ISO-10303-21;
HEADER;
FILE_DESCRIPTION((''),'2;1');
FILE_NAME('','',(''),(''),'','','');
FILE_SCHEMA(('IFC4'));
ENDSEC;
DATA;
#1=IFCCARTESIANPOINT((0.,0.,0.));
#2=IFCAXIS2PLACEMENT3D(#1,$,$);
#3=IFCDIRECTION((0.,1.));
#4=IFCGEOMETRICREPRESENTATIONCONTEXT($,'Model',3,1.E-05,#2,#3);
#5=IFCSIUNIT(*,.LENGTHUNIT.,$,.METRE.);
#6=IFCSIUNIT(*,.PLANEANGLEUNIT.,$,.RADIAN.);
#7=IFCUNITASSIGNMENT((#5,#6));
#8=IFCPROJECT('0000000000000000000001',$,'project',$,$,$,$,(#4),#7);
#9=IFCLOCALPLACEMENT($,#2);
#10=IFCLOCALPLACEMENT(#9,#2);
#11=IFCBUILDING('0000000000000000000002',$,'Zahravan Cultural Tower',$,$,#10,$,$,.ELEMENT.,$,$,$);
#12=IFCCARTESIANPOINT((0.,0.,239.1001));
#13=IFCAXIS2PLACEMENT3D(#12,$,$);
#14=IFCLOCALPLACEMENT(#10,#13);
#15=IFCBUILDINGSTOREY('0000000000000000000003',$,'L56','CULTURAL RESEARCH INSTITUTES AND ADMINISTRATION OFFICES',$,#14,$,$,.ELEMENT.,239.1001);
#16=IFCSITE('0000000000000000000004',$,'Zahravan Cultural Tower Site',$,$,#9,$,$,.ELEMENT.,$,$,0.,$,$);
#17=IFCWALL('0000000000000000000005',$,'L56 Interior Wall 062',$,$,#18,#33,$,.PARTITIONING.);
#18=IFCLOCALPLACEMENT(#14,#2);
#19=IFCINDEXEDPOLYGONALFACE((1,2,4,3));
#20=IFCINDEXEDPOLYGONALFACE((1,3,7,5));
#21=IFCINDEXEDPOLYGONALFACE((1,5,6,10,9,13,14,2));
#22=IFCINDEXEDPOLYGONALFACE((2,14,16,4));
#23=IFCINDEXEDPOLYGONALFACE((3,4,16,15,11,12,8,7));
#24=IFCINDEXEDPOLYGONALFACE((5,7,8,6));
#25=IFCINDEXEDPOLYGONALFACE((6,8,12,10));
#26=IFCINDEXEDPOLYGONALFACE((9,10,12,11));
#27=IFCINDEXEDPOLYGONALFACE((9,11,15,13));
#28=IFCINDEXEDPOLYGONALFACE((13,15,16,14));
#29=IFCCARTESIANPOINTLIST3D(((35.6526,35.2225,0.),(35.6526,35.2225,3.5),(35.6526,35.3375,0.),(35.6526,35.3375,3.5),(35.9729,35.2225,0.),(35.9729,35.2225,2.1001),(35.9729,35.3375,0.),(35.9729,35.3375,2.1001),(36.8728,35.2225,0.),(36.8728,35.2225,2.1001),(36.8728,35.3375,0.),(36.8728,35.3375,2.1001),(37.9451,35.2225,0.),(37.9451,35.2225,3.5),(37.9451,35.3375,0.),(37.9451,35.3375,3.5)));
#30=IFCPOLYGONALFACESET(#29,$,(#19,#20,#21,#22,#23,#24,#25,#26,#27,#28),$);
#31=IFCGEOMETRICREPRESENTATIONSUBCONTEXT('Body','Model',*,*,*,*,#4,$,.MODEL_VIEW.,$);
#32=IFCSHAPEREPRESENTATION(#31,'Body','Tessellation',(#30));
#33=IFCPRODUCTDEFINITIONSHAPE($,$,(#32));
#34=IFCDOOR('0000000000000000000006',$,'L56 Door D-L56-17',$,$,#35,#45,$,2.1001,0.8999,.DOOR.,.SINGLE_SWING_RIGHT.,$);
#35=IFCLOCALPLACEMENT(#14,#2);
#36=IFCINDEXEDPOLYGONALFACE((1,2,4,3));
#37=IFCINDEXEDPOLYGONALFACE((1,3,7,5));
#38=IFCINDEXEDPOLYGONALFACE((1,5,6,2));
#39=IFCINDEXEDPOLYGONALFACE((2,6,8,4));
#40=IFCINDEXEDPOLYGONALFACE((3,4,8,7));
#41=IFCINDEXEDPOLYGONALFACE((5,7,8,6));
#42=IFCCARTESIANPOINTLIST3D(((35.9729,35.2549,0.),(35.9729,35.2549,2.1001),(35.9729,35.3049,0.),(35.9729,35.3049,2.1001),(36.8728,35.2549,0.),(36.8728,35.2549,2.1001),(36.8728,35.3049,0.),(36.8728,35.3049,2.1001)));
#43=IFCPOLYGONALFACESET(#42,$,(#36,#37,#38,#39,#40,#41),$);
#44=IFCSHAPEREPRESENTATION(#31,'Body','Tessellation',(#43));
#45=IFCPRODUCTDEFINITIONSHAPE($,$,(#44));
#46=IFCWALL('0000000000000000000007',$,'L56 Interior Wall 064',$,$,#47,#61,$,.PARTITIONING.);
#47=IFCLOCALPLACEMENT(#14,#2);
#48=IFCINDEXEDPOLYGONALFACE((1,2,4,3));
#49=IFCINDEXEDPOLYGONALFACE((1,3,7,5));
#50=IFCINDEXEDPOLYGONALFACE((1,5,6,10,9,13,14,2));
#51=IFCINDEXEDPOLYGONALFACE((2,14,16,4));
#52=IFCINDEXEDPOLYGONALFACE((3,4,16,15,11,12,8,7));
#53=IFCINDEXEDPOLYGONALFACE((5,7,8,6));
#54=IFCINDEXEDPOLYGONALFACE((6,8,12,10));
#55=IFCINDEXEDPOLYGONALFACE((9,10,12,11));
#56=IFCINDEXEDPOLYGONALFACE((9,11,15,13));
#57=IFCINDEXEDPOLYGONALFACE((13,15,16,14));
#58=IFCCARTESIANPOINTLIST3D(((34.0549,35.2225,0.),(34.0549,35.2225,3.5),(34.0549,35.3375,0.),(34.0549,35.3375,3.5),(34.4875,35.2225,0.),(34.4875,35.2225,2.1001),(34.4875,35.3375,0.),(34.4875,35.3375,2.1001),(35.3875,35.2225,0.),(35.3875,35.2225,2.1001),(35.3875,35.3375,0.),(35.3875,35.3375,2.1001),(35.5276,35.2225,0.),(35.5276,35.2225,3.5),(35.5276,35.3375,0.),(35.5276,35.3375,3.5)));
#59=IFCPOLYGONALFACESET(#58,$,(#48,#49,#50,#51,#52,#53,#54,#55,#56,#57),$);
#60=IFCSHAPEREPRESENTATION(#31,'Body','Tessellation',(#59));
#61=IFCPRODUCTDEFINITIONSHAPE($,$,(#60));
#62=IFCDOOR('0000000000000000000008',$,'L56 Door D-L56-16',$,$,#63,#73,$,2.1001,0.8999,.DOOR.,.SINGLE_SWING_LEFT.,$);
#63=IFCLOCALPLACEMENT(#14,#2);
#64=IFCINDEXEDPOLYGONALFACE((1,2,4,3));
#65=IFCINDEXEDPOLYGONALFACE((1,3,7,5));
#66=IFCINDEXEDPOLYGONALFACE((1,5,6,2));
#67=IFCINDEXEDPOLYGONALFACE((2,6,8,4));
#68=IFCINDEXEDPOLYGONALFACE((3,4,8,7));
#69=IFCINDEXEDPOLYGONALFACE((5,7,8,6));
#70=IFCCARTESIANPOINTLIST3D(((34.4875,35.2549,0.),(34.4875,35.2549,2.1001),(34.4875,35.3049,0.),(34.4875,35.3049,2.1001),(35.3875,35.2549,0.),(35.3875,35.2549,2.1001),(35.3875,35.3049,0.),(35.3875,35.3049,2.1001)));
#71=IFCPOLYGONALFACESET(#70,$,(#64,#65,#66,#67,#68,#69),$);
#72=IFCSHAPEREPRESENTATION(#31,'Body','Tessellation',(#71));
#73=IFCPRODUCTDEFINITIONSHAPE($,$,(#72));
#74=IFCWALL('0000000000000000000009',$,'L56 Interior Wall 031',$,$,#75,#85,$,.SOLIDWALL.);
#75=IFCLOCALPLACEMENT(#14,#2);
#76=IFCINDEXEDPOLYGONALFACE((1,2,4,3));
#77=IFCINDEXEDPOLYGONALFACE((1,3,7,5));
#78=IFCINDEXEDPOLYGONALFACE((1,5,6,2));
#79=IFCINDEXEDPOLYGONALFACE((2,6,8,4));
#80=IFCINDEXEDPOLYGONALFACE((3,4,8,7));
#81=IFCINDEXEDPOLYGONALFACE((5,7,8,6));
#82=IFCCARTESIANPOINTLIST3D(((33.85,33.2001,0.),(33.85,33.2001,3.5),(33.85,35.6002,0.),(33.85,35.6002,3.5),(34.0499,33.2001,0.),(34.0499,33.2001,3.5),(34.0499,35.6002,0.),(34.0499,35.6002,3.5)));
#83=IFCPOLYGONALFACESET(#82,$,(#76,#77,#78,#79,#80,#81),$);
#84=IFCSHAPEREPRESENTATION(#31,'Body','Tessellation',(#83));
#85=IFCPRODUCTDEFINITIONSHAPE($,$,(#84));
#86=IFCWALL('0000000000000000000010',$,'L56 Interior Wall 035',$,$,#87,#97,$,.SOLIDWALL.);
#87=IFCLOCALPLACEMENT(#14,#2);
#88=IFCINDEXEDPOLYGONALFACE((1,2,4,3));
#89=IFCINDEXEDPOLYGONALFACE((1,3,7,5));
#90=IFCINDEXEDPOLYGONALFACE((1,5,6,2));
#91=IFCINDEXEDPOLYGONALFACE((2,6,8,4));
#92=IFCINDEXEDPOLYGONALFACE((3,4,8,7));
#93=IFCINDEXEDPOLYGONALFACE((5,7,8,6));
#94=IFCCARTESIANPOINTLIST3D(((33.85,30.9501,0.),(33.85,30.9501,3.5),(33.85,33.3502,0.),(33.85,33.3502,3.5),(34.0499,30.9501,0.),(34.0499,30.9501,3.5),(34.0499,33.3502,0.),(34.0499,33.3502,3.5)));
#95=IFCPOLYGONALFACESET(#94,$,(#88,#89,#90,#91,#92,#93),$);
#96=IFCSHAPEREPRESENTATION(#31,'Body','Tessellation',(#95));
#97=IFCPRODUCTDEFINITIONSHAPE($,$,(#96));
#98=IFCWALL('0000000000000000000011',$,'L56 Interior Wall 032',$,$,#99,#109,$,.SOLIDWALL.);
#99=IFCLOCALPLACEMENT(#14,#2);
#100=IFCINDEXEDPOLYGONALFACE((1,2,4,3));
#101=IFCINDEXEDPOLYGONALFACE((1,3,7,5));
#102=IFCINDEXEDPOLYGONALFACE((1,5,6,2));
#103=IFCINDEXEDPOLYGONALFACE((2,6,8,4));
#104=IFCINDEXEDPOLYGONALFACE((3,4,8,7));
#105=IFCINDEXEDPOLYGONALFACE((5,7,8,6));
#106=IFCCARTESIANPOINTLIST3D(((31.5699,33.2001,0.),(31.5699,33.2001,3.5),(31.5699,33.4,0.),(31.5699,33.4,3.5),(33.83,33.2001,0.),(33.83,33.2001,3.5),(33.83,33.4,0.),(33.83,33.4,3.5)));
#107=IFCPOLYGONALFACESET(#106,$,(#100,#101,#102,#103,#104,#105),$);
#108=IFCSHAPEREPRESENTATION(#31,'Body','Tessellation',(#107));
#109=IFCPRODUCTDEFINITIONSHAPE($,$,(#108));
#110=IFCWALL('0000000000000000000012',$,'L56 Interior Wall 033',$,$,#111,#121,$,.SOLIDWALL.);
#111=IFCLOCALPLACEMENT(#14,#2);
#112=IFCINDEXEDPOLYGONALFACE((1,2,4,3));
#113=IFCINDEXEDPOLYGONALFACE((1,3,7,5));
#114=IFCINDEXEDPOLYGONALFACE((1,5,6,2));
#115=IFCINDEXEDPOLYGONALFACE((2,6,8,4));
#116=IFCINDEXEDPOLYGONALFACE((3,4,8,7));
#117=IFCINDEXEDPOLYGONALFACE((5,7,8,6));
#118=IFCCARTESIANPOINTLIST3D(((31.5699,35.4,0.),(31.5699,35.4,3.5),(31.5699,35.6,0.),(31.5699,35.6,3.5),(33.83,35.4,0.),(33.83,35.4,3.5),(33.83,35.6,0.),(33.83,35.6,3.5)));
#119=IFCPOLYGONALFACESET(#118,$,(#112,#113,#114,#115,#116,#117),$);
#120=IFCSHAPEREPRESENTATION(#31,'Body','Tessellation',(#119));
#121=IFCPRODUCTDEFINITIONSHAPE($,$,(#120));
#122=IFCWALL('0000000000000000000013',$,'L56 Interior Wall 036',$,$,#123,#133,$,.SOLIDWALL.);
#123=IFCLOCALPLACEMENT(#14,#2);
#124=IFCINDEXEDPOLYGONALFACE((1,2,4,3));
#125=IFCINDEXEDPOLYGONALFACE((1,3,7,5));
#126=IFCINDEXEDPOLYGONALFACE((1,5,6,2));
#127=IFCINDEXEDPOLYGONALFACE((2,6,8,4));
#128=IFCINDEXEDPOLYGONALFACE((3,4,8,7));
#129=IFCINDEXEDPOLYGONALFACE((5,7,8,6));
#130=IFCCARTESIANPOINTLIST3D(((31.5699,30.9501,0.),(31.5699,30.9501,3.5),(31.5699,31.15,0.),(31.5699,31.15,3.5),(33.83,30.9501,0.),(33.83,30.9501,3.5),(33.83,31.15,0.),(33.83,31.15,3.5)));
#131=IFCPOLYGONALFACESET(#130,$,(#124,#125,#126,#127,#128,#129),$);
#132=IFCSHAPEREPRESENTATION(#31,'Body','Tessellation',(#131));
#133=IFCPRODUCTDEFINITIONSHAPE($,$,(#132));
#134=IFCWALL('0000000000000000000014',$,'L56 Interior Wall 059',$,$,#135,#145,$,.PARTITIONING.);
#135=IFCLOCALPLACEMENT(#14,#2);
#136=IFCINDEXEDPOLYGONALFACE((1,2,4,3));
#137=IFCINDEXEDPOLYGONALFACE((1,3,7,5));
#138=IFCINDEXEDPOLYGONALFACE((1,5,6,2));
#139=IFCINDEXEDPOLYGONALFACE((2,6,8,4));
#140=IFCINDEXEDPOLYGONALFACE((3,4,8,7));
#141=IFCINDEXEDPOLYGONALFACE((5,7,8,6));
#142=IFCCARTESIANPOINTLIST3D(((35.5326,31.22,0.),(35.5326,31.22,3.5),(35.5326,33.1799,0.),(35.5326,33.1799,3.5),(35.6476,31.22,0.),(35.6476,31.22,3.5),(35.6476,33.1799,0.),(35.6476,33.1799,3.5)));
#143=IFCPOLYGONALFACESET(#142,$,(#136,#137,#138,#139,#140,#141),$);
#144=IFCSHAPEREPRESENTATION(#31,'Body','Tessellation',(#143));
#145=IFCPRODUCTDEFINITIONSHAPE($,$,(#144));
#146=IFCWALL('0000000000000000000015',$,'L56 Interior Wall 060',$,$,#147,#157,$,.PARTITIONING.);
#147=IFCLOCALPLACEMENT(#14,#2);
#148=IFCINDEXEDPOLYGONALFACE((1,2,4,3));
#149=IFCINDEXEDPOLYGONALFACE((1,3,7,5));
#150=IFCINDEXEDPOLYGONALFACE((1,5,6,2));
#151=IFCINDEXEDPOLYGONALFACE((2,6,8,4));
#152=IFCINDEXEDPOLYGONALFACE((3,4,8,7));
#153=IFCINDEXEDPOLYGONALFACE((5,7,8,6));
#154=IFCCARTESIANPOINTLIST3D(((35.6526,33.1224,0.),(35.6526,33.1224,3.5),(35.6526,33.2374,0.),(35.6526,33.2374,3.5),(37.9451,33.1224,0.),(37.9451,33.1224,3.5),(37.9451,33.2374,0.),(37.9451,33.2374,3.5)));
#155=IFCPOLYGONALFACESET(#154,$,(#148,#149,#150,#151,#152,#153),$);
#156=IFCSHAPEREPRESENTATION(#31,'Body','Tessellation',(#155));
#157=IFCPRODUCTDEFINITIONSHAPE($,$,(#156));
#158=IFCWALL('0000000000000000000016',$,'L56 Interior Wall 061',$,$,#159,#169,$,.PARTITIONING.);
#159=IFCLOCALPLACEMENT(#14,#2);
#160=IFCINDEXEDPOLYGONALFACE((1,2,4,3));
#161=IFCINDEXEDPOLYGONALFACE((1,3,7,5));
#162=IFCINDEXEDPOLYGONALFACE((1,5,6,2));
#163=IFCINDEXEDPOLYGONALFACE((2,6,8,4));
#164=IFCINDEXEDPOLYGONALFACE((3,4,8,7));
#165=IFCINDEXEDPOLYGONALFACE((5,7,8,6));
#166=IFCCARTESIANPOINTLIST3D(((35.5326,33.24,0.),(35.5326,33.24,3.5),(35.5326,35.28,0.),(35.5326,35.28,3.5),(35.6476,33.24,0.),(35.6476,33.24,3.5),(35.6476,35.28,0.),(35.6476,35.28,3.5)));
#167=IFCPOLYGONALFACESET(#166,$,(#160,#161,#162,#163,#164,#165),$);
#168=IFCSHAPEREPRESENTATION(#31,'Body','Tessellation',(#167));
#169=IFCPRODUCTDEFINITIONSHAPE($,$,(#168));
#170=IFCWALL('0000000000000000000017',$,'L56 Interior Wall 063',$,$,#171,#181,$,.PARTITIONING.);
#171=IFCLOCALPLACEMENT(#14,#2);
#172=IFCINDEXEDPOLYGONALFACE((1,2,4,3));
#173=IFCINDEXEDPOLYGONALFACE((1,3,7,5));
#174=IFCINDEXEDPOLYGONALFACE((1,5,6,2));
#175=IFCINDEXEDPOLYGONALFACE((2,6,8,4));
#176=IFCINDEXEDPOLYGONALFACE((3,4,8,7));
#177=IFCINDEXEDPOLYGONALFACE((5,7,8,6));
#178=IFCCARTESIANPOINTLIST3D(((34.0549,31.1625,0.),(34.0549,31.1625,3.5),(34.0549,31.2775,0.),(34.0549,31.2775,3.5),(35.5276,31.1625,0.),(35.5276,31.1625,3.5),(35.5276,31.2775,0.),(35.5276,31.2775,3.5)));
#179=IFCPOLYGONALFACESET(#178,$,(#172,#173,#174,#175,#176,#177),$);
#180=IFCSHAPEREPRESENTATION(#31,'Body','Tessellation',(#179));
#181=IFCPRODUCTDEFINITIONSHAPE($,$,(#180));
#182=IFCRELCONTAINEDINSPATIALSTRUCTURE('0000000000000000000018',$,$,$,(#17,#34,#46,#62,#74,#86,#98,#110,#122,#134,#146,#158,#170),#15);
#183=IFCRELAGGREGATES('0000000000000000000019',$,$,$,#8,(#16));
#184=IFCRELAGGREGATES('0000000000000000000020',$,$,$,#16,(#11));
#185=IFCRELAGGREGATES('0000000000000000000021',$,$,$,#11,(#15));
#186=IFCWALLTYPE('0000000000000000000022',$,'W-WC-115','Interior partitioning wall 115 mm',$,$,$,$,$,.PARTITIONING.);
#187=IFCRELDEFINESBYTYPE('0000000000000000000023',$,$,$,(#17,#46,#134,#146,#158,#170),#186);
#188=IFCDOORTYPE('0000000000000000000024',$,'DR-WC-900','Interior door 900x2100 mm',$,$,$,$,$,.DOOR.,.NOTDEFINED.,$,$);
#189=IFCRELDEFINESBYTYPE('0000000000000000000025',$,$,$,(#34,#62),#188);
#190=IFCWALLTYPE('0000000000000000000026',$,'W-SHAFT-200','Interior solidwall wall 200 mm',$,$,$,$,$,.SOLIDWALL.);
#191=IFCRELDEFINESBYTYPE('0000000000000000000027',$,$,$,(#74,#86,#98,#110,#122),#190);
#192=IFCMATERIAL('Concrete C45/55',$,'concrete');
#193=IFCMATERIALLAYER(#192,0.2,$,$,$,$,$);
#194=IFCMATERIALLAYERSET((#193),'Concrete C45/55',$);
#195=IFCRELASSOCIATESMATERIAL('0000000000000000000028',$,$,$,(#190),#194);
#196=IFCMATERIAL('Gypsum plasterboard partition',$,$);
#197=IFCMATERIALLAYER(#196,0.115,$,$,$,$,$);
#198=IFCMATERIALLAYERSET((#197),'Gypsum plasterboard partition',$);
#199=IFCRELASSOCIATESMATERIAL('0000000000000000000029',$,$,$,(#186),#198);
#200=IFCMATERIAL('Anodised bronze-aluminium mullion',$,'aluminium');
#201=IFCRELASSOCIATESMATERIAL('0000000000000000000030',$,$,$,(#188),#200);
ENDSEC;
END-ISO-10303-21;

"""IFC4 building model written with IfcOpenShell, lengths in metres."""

from ifc_helpers import new_model, si_unit, direction, frame, frame_2d, origin, place, context, subcontext, project, spatial, rectangle, extrude, source, transform, mapped, material, layer, layer_set, type_object, element, fill, save


model = new_model("IFC4")

# Units and contexts
model_context = context("Model", 3, precision=1e-05, world=origin(), true_north=direction((0.0, 1.0)))
body_context = subcontext(model_context, "Body", "Model", "MODEL_VIEW")
ifc_project = project(units=[si_unit("LENGTHUNIT", "METRE"), si_unit("PLANEANGLEUNIT", "RADIAN")], contexts=[model_context])

# Site, building, storey
site_placement = place(None, origin())
site = spatial("IfcSite", under=ifc_project, at=site_placement, Name="Zahravan Cultural Tower Site", CompositionType="ELEMENT", RefElevation=0.0)
building_placement = place(site_placement, origin())
building = spatial("IfcBuilding", under=site, at=building_placement, Name="Zahravan Cultural Tower", CompositionType="ELEMENT")
storey_placement = place(building_placement, frame((0.0, 0.0, 239.1001)))
storey = spatial("IfcBuildingStorey", under=building, at=storey_placement, Name="L56", Description="CULTURAL RESEARCH INSTITUTES AND ADMINISTRATION OFFICES", CompositionType="ELEMENT", Elevation=239.1001)

# Walls, openings, doors
ifc_material_1 = material(Name="Gypsum plasterboard partition")
ifc_material_2 = material(Name="Anodised bronze-aluminium mullion", Category="aluminium")
ifc_material_3 = material(Name="Concrete C45/55", Category="concrete")
ifc_layer_1 = layer(ifc_material_3, 0.2)
ifc_layer_set_1 = layer_set([ifc_layer_1], Name="Concrete C45/55")
wall_type_1 = type_object("IfcWallType", Name="W-SHAFT-200", Description="Interior solidwall wall 200 mm", PredefinedType="SOLIDWALL", material=ifc_layer_set_1)
ifc_layer_2 = layer(ifc_material_1, 0.115)
ifc_layer_set_2 = layer_set([ifc_layer_2], Name="Gypsum plasterboard partition")
wall_type_2 = type_object("IfcWallType", Name="W-WC-115", Description="Interior partitioning wall 115 mm", PredefinedType="PARTITIONING", material=ifc_layer_set_2)
wall_1_placement = place(storey_placement, frame((35.6526, 35.28, 0.0), z_axis=(0.0, 0.0, 1.0), x_axis=(1.0, 0.0, 0.0)))
wall_1 = element("IfcWall", 1, at=wall_1_placement, inside=storey, type_object=wall_type_2, Name="L56 Interior Wall 062", PredefinedType="PARTITIONING", context=body_context, shape_type="SweptSolid", body=[
    extrude(rectangle(XDim=2.2925, YDim=0.115, at=frame_2d((1.1462, 0.0))), origin(), (0.0, 0.0, 1.0), 3.5),
])
opening_1_placement = place(wall_1_placement, frame((0.3203, 0.0, 0.0)))
opening_1 = element("IfcOpeningElement", 2, at=opening_1_placement, cuts=wall_1, PredefinedType="OPENING", context=body_context, shape_type="SweptSolid", body=[
    extrude(rectangle(XDim=0.8999, YDim=2.1001, at=frame_2d((0.45, 1.05))), frame((0.0, 0.0674, 0.0), z_axis=(0.0, -1.0, 0.0), x_axis=(1.0, 0.0, 0.0)), (0.0, 0.0, 1.0), 0.135),
])
door_type_1 = type_object("IfcDoorType", Name="DR-WC-900", Description="Interior door 900x2100 mm", OperationType="NOTDEFINED", PredefinedType="DOOR", material=ifc_material_2)
shared_shape_1 = source(origin(), body_context, "Body", "SweptSolid", [
    extrude(rectangle(XDim=0.8999, YDim=2.1001, at=frame_2d((0.45, 1.05))), frame((0.0, 0.0249, 0.0), z_axis=(0.0, -1.0, 0.0), x_axis=(1.0, 0.0, 0.0)), (0.0, 0.0, 1.0), 0.05),
])
door_1_placement = place(opening_1_placement, origin())
door_1 = element("IfcDoor", 3, at=door_1_placement, inside=storey, type_object=door_type_1, Name="L56 Door D-L56-17", OperationType="SINGLE_SWING_RIGHT", OverallHeight=2.1001, OverallWidth=0.8999, PredefinedType="DOOR", context=body_context, shape_type="MappedRepresentation", body=[
    mapped(shared_shape_1, transform((0.0, 0.0, 0.0), x_axis=(1.0, 0.0, 0.0), y_axis=(0.0, 1.0, 0.0), z_axis=(0.0, 0.0, 1.0), scale=1.0)),
])
fill(opening_1, door_1)
wall_2_placement = place(storey_placement, frame((34.0549, 35.28, 0.0), z_axis=(0.0, 0.0, 1.0), x_axis=(1.0, 0.0, 0.0)))
wall_2 = element("IfcWall", 4, at=wall_2_placement, inside=storey, type_object=wall_type_2, Name="L56 Interior Wall 064", PredefinedType="PARTITIONING", context=body_context, shape_type="SweptSolid", body=[
    extrude(rectangle(XDim=1.4727, YDim=0.115, at=frame_2d((0.7363, 0.0))), origin(), (0.0, 0.0, 1.0), 3.5),
])
opening_2_placement = place(wall_2_placement, frame((0.4326, 0.0, 0.0)))
opening_2 = element("IfcOpeningElement", 5, at=opening_2_placement, cuts=wall_2, PredefinedType="OPENING", context=body_context, shape_type="SweptSolid", body=[
    extrude(rectangle(XDim=0.8999, YDim=2.1001, at=frame_2d((0.45, 1.05))), frame((0.0, 0.0674, 0.0), z_axis=(0.0, -1.0, 0.0), x_axis=(1.0, 0.0, 0.0)), (0.0, 0.0, 1.0), 0.135),
])
door_2_placement = place(opening_2_placement, origin())
door_2 = element("IfcDoor", 6, at=door_2_placement, inside=storey, type_object=door_type_1, Name="L56 Door D-L56-16", OperationType="SINGLE_SWING_LEFT", OverallHeight=2.1001, OverallWidth=0.8999, PredefinedType="DOOR", context=body_context, shape_type="MappedRepresentation", body=[
    mapped(shared_shape_1, transform((0.0, 0.0, 0.0), x_axis=(1.0, 0.0, 0.0), y_axis=(0.0, 1.0, 0.0), z_axis=(0.0, 0.0, 1.0), scale=1.0)),
])
fill(opening_2, door_2)

# Walls
shared_shape_2 = source(origin(), body_context, "Body", "SweptSolid", [
    extrude(rectangle(XDim=2.4001, YDim=0.2, at=frame_2d((1.2002, 0.0))), origin(), (0.0, 0.0, 1.0), 3.5),
])
for number, where, z_axis, x_axis, name in (
    (7, (33.95, 33.2, 0.0), (0.0, 0.0, 1.0), (0.0, 1.0, 0.0), "L56 Interior Wall 031"),
    (8, (33.95, 30.95, 0.0), (0.0, 0.0, 1.0), (0.0, 1.0, 0.0), "L56 Interior Wall 035"),
):
    element("IfcWall", number, at=place(storey_placement, frame(where, z_axis=z_axis, x_axis=x_axis)), inside=storey, type_object=wall_type_1, Name=name, PredefinedType="SOLIDWALL", context=body_context, shape_type="MappedRepresentation", body=[
        mapped(shared_shape_2, transform((0.0, 0.0, 0.0), x_axis=(1.0, 0.0, 0.0), y_axis=(0.0, 1.0, 0.0), z_axis=(0.0, 0.0, 1.0), scale=1.0)),
    ])
shared_shape_3 = source(origin(), body_context, "Body", "SweptSolid", [
    extrude(rectangle(XDim=2.26, YDim=0.2, at=frame_2d((1.1299, 0.0))), origin(), (0.0, 0.0, 1.0), 3.5),
])
for number, where, z_axis, x_axis, name in (
    (9, (31.5701, 33.3, 0.0), (0.0, 0.0, 1.0), (1.0, 0.0, 0.0), "L56 Interior Wall 032"),
    (10, (31.5701, 35.5, 0.0), (0.0, 0.0, 1.0), (1.0, 0.0, 0.0), "L56 Interior Wall 033"),
    (11, (31.5701, 31.05, 0.0), (0.0, 0.0, 1.0), (1.0, 0.0, 0.0), "L56 Interior Wall 036"),
):
    element("IfcWall", number, at=place(storey_placement, frame(where, z_axis=z_axis, x_axis=x_axis)), inside=storey, type_object=wall_type_1, Name=name, PredefinedType="SOLIDWALL", context=body_context, shape_type="MappedRepresentation", body=[
        mapped(shared_shape_3, transform((0.0, 0.0, 0.0), x_axis=(1.0, 0.0, 0.0), y_axis=(0.0, 1.0, 0.0), z_axis=(0.0, 0.0, 1.0), scale=1.0)),
    ])
shared_shape_4 = source(origin(), body_context, "Body", "SweptSolid", [
    extrude(rectangle(XDim=1.96, YDim=0.115, at=frame_2d((0.98, 0.0))), origin(), (0.0, 0.0, 1.0), 3.5),
])
wall_3_placement = place(storey_placement, frame((35.5901, 31.22, 0.0), z_axis=(0.0, 0.0, 1.0), x_axis=(0.0, 1.0, 0.0)))
element("IfcWall", 12, at=wall_3_placement, inside=storey, type_object=wall_type_2, Name="L56 Interior Wall 059", PredefinedType="PARTITIONING", context=body_context, shape_type="MappedRepresentation", body=[
    mapped(shared_shape_4, transform((0.0, 0.0, 0.0), x_axis=(1.0, 0.0, 0.0), y_axis=(0.0, 1.0, 0.0), z_axis=(0.0, 0.0, 1.0), scale=1.0)),
])
shared_shape_5 = source(origin(), body_context, "Body", "SweptSolid", [
    extrude(rectangle(XDim=2.2925, YDim=0.115, at=frame_2d((1.1462, 0.0))), origin(), (0.0, 0.0, 1.0), 3.5),
])
wall_4_placement = place(storey_placement, frame((35.6526, 33.1799, 0.0), z_axis=(0.0, 0.0, 1.0), x_axis=(1.0, 0.0, 0.0)))
element("IfcWall", 13, at=wall_4_placement, inside=storey, type_object=wall_type_2, Name="L56 Interior Wall 060", PredefinedType="PARTITIONING", context=body_context, shape_type="MappedRepresentation", body=[
    mapped(shared_shape_5, transform((0.0, 0.0, 0.0), x_axis=(1.0, 0.0, 0.0), y_axis=(0.0, 1.0, 0.0), z_axis=(0.0, 0.0, 1.0), scale=1.0)),
])
shared_shape_6 = source(origin(), body_context, "Body", "SweptSolid", [
    extrude(rectangle(XDim=2.04, YDim=0.115, at=frame_2d((1.02, 0.0))), origin(), (0.0, 0.0, 1.0), 3.5),
])
wall_5_placement = place(storey_placement, frame((35.5901, 33.24, 0.0), z_axis=(0.0, 0.0, 1.0), x_axis=(0.0, 1.0, 0.0)))
element("IfcWall", 14, at=wall_5_placement, inside=storey, type_object=wall_type_2, Name="L56 Interior Wall 061", PredefinedType="PARTITIONING", context=body_context, shape_type="MappedRepresentation", body=[
    mapped(shared_shape_6, transform((0.0, 0.0, 0.0), x_axis=(1.0, 0.0, 0.0), y_axis=(0.0, 1.0, 0.0), z_axis=(0.0, 0.0, 1.0), scale=1.0)),
])
shared_shape_7 = source(origin(), body_context, "Body", "SweptSolid", [
    extrude(rectangle(XDim=1.4727, YDim=0.115, at=frame_2d((0.7363, 0.0))), origin(), (0.0, 0.0, 1.0), 3.5),
])
wall_6_placement = place(storey_placement, frame((35.5276, 31.22, 0.0), z_axis=(0.0, 0.0, 1.0), x_axis=(-1.0, 0.0, 0.0)))
element("IfcWall", 15, at=wall_6_placement, inside=storey, type_object=wall_type_2, Name="L56 Interior Wall 063", PredefinedType="PARTITIONING", context=body_context, shape_type="MappedRepresentation", body=[
    mapped(shared_shape_7, transform((0.0, 0.0, 0.0), x_axis=(1.0, 0.0, 0.0), y_axis=(0.0, 1.0, 0.0), z_axis=(0.0, 0.0, 1.0), scale=1.0)),
])

save(model, "model.ifc")
